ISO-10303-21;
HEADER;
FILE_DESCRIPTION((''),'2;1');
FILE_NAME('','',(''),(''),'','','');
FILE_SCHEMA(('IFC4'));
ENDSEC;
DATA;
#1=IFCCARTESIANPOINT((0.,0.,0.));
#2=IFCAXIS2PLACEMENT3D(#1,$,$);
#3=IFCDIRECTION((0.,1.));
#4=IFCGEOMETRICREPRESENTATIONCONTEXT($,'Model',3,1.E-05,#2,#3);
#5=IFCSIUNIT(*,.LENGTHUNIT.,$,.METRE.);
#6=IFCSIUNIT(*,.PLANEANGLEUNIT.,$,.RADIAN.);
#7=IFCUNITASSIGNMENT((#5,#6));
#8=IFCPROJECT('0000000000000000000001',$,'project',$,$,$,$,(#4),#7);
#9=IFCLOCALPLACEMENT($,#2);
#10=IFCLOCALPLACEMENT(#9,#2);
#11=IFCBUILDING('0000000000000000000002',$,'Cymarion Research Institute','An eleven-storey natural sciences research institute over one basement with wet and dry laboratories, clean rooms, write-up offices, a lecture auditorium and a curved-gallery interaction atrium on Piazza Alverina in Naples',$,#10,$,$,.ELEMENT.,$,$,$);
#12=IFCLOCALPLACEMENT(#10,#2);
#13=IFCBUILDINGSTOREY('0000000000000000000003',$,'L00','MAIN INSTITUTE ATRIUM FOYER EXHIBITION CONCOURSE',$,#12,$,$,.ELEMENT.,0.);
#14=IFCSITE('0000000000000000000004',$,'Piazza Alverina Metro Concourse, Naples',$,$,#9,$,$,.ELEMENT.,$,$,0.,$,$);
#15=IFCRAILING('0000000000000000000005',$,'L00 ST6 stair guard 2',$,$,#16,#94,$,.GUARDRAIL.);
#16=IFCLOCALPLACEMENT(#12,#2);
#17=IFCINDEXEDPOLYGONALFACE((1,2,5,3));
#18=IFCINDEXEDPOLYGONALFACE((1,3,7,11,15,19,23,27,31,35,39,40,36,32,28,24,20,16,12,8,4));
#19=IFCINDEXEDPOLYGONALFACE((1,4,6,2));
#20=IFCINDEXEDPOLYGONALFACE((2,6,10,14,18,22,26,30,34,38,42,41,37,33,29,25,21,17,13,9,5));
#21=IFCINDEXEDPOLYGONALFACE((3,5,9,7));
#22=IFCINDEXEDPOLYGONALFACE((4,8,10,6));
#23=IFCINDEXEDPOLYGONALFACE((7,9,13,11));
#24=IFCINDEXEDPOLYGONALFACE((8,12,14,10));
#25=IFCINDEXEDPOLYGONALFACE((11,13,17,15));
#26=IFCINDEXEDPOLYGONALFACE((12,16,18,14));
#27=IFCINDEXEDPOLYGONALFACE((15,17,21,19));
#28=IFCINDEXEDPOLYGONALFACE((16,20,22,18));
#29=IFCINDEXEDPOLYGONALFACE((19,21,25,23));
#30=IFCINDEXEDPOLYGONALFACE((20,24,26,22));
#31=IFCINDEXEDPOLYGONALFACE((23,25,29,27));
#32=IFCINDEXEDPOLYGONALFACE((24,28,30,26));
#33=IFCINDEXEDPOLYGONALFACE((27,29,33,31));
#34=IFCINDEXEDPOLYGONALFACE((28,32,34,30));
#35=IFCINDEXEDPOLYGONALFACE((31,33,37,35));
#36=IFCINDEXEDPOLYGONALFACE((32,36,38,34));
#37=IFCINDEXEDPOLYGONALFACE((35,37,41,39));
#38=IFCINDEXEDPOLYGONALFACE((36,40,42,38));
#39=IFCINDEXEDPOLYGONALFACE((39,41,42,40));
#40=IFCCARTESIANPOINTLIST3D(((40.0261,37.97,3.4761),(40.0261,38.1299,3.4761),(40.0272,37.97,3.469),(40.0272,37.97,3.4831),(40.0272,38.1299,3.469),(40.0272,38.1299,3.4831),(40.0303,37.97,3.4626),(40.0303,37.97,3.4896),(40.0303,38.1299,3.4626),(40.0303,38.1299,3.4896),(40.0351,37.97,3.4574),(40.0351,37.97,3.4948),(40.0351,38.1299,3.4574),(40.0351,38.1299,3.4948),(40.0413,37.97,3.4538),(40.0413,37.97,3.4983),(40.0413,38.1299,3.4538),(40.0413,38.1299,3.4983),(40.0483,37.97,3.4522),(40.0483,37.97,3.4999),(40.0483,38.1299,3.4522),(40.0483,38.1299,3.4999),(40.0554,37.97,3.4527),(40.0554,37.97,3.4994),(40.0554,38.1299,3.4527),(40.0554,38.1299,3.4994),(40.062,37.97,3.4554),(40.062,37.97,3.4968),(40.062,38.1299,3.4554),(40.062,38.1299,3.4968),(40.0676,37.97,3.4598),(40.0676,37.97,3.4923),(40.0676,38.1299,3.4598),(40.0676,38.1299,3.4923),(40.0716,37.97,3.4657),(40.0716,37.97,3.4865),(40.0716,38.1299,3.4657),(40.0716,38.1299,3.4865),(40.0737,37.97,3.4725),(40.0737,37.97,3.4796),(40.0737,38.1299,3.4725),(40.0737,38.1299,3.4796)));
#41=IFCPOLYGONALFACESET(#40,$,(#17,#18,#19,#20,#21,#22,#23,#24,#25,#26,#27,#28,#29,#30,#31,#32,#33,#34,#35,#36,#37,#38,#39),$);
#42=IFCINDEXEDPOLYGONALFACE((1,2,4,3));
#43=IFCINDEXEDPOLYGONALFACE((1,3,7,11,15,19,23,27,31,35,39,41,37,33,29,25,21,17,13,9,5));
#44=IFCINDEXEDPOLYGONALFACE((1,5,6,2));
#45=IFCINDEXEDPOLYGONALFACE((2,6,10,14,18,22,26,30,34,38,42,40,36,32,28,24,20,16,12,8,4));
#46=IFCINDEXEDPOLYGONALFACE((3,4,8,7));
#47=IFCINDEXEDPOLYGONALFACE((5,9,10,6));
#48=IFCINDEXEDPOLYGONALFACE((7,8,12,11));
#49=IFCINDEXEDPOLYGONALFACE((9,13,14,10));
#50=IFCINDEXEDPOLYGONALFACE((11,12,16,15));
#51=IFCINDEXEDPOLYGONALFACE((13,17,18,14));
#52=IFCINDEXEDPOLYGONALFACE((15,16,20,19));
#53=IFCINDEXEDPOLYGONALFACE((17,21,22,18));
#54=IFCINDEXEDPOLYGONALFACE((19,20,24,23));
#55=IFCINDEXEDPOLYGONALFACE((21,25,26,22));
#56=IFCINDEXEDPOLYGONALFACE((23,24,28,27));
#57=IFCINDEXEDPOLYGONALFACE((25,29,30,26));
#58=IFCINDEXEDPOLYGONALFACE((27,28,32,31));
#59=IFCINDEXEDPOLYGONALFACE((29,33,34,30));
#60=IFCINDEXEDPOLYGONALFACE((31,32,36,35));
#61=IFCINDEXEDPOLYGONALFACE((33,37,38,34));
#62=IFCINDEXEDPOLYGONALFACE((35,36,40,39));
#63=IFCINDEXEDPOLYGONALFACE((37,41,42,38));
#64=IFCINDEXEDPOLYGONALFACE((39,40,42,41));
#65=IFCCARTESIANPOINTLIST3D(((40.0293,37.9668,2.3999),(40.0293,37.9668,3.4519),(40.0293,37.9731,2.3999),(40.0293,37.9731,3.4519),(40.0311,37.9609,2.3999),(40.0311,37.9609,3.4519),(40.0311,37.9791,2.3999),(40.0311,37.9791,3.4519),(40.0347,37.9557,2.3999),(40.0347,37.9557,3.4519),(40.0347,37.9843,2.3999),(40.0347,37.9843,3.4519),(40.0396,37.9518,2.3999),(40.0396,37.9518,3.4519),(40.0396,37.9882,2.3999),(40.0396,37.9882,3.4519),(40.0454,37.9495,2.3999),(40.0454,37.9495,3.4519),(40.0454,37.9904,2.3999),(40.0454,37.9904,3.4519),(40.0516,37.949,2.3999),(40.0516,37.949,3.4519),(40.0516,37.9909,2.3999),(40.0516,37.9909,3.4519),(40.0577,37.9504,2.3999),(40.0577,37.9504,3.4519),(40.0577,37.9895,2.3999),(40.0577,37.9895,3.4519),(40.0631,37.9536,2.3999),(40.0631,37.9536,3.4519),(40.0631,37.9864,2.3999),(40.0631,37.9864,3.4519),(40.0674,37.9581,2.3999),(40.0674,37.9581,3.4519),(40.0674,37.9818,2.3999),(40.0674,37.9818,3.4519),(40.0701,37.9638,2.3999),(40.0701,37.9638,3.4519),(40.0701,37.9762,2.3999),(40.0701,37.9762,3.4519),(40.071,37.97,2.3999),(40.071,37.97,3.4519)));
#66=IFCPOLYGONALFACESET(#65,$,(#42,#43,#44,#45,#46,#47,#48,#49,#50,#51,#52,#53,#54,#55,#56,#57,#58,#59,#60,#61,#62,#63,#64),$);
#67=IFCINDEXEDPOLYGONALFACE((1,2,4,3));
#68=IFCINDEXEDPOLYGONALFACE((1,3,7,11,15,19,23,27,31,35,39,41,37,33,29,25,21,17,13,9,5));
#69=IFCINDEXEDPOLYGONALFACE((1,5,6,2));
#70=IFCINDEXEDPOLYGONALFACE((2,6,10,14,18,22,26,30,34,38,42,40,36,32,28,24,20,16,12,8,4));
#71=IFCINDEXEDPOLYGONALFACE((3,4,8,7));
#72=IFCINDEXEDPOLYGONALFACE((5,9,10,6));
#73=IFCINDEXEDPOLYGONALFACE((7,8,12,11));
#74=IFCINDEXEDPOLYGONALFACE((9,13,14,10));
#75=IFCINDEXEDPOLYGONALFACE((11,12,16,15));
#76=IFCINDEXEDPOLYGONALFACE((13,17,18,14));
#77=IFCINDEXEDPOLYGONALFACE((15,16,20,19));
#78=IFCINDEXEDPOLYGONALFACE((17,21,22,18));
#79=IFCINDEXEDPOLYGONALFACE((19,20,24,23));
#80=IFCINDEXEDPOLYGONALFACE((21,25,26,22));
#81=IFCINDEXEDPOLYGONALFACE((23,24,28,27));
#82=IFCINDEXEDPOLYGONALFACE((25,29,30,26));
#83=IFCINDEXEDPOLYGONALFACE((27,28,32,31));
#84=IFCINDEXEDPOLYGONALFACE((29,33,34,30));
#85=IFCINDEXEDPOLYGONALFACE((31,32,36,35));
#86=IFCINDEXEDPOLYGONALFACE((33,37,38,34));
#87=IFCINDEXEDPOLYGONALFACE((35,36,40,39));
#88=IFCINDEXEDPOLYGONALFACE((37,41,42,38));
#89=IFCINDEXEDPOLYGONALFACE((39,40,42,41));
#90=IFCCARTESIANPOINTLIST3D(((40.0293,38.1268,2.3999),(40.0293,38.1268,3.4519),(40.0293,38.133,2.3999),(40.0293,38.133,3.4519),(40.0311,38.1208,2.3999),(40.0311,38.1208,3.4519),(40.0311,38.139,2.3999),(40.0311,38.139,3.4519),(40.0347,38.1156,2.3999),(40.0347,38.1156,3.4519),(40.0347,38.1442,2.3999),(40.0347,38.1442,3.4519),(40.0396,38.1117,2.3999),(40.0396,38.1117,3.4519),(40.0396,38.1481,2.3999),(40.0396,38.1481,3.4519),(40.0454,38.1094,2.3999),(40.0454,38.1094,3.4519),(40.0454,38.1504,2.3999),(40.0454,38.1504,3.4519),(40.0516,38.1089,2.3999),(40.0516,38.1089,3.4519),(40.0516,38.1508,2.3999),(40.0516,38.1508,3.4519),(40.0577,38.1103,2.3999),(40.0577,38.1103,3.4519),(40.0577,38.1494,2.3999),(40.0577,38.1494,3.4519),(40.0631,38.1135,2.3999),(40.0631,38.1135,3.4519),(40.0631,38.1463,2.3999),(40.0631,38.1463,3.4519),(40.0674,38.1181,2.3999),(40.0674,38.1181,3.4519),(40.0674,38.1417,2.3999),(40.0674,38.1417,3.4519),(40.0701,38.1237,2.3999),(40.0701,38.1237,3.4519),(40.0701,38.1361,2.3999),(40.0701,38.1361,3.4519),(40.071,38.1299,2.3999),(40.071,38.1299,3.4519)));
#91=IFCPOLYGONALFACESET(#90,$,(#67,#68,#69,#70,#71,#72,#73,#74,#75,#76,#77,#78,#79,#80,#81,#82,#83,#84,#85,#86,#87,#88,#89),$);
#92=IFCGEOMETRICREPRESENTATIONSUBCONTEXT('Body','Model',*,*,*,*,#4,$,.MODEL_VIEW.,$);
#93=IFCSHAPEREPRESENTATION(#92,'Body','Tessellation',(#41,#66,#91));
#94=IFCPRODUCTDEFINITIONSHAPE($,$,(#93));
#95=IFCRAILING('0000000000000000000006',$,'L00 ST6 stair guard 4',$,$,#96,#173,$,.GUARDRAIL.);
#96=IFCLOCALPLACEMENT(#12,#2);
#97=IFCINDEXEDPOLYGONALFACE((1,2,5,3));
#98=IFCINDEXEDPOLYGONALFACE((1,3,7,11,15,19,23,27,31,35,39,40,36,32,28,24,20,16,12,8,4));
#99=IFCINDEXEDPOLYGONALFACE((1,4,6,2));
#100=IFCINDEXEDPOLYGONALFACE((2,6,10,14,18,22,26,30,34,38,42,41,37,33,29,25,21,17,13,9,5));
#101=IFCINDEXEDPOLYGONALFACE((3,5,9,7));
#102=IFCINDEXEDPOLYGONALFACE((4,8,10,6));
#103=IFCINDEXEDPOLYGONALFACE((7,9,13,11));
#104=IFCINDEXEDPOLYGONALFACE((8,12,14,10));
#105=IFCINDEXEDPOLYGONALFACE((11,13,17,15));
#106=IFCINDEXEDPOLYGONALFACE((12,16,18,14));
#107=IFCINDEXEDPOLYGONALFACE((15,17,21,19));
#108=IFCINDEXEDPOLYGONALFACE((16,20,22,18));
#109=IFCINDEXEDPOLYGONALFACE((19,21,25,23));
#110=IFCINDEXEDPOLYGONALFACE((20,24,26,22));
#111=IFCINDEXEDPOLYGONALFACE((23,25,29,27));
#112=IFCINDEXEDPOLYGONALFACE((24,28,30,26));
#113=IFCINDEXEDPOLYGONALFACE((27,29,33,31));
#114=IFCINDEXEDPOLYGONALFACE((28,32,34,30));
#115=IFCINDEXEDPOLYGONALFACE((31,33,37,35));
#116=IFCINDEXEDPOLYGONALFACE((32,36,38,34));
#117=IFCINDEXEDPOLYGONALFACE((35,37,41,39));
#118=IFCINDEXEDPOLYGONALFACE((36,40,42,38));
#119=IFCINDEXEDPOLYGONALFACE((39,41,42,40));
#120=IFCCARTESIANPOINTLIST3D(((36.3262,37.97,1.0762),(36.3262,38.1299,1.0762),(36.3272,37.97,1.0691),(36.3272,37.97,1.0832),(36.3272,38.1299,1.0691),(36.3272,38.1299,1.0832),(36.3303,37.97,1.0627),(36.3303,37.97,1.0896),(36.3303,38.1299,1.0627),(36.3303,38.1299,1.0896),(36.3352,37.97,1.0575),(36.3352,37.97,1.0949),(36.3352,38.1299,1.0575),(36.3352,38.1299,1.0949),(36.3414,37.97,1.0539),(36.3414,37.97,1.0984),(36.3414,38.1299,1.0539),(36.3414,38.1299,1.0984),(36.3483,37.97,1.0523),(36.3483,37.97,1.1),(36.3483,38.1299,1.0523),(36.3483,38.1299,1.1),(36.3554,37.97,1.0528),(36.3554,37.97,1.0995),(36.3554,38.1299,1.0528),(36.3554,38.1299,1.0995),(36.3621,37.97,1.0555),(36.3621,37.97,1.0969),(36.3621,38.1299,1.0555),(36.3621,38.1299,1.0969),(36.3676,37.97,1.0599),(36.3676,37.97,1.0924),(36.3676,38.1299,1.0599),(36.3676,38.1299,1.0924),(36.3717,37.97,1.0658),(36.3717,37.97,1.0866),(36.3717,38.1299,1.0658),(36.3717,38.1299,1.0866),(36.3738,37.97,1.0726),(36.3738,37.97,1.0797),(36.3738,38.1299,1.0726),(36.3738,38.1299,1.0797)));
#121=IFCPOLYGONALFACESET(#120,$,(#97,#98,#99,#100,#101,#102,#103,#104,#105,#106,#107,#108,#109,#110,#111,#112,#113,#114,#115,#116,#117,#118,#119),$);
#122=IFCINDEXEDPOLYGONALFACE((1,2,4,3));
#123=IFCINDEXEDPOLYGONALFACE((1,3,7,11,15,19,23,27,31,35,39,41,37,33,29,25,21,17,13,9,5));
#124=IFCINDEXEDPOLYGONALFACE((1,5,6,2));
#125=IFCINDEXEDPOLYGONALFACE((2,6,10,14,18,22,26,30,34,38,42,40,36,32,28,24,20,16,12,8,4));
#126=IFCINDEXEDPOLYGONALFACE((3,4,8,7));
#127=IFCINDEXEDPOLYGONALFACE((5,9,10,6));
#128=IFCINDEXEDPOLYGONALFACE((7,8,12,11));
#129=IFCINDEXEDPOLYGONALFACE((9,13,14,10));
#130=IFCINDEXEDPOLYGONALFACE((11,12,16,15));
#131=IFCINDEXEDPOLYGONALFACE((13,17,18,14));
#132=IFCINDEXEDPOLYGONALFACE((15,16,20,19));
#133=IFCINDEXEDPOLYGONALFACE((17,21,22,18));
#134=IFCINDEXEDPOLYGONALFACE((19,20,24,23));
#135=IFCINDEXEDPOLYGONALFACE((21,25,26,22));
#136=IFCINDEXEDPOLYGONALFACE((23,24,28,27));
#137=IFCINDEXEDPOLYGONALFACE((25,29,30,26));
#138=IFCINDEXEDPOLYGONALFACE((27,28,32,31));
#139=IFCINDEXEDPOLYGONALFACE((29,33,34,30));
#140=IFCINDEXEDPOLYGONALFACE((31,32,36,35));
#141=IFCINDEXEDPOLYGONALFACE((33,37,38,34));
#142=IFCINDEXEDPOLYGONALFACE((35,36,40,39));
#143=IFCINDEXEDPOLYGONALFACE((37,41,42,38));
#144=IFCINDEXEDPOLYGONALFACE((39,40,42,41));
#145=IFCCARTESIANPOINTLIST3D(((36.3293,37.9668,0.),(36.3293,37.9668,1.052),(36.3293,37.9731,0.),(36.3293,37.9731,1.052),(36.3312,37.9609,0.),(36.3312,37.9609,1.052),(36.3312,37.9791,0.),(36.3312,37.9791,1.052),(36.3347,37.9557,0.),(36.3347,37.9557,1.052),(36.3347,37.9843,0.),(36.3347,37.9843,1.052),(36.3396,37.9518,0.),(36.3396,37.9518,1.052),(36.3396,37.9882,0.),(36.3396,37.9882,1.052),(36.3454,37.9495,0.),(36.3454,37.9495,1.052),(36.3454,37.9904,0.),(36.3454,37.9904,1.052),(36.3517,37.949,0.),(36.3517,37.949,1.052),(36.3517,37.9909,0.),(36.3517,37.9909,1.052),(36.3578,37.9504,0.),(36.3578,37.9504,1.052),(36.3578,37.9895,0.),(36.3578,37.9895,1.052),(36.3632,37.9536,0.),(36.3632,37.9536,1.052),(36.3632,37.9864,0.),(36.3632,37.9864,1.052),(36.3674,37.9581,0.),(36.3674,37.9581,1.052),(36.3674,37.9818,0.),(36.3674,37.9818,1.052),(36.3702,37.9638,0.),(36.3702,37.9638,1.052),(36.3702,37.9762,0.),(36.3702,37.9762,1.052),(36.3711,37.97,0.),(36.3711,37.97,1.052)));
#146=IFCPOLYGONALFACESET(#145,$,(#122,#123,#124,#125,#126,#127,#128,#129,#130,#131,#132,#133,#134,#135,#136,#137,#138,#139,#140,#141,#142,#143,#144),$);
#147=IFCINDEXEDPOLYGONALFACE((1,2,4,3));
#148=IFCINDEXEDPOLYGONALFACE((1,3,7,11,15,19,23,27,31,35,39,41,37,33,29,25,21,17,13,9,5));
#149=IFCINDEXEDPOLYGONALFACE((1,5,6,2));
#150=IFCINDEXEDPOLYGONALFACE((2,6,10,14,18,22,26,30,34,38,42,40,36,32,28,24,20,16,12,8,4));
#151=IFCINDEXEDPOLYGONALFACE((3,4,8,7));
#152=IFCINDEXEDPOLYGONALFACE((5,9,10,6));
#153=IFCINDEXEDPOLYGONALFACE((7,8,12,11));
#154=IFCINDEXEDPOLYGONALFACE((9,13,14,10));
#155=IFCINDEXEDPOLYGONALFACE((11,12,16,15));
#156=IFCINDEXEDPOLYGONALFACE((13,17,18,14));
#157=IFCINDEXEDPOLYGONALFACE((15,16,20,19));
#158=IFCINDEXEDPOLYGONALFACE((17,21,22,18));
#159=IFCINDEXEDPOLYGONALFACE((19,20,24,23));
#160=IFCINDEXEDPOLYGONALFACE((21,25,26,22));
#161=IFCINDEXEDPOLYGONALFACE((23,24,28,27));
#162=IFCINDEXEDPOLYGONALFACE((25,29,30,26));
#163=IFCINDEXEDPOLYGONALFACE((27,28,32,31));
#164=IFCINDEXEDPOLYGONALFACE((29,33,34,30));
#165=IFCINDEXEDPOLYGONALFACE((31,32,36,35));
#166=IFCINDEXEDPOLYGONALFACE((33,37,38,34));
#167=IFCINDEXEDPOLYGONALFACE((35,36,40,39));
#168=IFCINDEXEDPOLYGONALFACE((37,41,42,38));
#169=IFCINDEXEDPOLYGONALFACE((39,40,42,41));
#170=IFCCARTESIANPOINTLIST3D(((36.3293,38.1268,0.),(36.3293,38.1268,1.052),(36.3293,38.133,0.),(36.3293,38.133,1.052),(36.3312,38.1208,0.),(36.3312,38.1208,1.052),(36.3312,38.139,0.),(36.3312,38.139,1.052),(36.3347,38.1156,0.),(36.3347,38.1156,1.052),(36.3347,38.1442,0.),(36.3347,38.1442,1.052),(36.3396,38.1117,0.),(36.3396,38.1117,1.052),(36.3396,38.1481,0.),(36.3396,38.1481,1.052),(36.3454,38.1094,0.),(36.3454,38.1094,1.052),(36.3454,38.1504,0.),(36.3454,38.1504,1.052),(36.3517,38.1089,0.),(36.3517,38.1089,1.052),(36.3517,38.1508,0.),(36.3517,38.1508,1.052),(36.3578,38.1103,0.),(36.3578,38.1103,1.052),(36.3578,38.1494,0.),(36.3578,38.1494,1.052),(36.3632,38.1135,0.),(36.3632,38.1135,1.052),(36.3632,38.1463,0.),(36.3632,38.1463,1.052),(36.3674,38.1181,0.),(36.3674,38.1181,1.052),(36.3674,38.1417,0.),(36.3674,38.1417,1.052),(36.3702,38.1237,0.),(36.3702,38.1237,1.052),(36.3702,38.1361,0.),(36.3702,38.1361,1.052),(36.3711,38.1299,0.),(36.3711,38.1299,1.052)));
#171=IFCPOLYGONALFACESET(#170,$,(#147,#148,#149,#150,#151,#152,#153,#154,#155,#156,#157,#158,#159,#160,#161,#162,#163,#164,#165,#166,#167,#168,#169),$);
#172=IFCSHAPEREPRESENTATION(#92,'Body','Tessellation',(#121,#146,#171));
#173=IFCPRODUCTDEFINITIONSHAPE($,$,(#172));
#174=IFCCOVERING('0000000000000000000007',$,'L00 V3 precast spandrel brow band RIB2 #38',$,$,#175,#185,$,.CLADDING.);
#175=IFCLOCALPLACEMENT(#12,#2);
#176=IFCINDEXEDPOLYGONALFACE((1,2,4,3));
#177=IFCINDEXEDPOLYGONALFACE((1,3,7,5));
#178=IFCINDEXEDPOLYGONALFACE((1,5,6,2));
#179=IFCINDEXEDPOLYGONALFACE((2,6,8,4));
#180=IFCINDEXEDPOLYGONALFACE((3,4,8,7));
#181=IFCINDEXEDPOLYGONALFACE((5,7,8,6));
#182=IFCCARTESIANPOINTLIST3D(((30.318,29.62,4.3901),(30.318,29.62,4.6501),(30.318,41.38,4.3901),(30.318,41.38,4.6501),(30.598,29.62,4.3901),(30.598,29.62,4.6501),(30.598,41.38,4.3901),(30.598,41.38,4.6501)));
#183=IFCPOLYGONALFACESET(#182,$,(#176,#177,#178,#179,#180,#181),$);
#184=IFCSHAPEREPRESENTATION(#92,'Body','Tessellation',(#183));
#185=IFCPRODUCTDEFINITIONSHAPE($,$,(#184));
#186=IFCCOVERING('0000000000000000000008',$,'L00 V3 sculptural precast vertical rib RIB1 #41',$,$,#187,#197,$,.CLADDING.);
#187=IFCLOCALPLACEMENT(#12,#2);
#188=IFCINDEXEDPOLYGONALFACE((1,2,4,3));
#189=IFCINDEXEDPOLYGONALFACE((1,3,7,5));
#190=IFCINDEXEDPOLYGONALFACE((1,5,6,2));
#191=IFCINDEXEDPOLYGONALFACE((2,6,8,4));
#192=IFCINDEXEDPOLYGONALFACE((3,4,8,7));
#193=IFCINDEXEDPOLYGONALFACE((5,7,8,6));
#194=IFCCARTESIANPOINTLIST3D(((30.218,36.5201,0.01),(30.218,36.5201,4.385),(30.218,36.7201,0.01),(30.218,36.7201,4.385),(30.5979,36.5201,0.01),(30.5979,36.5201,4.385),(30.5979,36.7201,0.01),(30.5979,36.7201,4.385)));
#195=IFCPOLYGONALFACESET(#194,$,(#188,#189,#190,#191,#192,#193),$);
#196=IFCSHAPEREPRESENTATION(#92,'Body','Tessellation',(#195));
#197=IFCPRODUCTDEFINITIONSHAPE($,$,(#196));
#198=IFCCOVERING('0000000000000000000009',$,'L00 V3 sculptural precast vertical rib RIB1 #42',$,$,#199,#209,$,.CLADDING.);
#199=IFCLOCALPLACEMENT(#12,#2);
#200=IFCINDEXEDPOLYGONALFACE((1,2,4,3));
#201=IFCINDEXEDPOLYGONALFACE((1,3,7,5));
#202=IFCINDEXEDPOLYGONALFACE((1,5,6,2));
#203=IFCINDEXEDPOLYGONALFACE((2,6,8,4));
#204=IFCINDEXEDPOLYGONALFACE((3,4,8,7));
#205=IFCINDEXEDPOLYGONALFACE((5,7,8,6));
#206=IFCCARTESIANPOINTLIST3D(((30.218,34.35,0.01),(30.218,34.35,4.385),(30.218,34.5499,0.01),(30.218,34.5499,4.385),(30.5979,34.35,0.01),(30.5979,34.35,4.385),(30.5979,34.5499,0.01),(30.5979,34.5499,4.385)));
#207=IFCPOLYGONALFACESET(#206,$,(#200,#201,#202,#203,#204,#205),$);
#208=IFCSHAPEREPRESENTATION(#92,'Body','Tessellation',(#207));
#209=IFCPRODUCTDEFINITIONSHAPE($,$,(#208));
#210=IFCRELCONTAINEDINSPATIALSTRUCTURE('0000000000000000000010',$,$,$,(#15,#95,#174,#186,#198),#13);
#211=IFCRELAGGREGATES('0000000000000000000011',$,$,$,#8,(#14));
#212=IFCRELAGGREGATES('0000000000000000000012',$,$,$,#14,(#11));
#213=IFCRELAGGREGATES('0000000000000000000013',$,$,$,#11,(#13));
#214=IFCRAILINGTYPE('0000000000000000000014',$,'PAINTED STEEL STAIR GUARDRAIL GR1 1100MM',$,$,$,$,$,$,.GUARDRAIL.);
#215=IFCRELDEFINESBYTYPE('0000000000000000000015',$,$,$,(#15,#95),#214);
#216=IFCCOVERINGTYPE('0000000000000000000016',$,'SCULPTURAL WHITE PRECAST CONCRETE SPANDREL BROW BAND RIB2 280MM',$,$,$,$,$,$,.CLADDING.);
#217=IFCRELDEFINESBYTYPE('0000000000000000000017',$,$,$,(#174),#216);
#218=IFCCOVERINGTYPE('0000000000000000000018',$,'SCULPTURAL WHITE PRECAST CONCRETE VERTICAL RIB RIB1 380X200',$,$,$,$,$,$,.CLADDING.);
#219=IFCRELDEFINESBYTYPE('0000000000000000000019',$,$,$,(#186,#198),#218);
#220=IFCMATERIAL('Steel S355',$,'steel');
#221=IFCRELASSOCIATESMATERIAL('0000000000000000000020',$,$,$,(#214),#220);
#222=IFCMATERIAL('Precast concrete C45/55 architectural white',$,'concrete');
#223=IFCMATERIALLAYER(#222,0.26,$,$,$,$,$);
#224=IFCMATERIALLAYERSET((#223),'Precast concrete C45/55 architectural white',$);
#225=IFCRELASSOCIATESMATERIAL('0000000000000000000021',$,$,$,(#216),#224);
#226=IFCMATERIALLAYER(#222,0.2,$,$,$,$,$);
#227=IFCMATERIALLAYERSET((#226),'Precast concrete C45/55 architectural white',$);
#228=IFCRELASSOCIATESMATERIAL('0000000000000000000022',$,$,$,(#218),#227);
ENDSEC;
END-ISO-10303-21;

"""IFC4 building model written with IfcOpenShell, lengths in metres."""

from ifc_helpers import new_model, si_unit, direction, frame, origin, origin_2d, place, context, subcontext, project, spatial, rectangle, circle, extrude, material, layer, layer_set, type_object, element, save


model = new_model("IFC4")

# Units and contexts
model_context = context("Model", 3, precision=1e-05, world=origin(), true_north=direction((0.0, 1.0)))
body_context = subcontext(model_context, "Body", "Model", "MODEL_VIEW")
ifc_project = project(units=[si_unit("LENGTHUNIT", "METRE"), si_unit("PLANEANGLEUNIT", "RADIAN")], contexts=[model_context])

# Site, building, storey
site_placement = place(None, origin())
site = spatial("IfcSite", under=ifc_project, at=site_placement, Name="Piazza Alverina Metro Concourse, Naples", CompositionType="ELEMENT", RefElevation=0.0)
building_placement = place(site_placement, origin())
building = spatial("IfcBuilding", under=site, at=building_placement, Name="Cymarion Research Institute", Description="An eleven-storey natural sciences research institute over one basement with wet and dry laboratories, clean rooms, write-up offices, a lecture auditorium and a curved-gallery interaction atrium on Piazza Alverina in Naples", CompositionType="ELEMENT")
storey_placement = place(building_placement, origin())
storey = spatial("IfcBuildingStorey", under=building, at=storey_placement, Name="L00", Description="MAIN INSTITUTE ATRIUM FOYER EXHIBITION CONCOURSE", CompositionType="ELEMENT", Elevation=0.0)

# Shared definitions
ifc_material_1 = material(Name="Steel S355", Category="steel")

# Railings
railing_type_1 = type_object("IfcRailingType", Name="PAINTED STEEL STAIR GUARDRAIL GR1 1100MM", PredefinedType="GUARDRAIL", material=ifc_material_1)
for number, where, name in (
    (1, (40.05, 37.97, 2.3999), "L00 ST6 stair guard 2"),
    (2, (36.3501, 37.97, 0.0), "L00 ST6 stair guard 4"),
):
    element("IfcRailing", number, at=place(storey_placement, frame(where)), inside=storey, type_object=railing_type_1, Name=name, PredefinedType="GUARDRAIL", context=body_context, shape_type="SweptSolid", body=[
        extrude(circle(Radius=0.0239, at=origin_2d()), frame((0.0, 0.0, 1.0762), z_axis=(0.0, 1.0, 0.0), x_axis=(-1.0, 0.0, 0.0)), (0.0, 0.0, 1.0), 0.1599),
        extrude(circle(Radius=0.021, at=origin_2d()), origin(), (0.0, 0.0, 1.0), 1.052),
        extrude(circle(Radius=0.021, at=origin_2d()), frame((0.0, 0.1599, 0.0)), (0.0, 0.0, 1.0), 1.052),
    ])

# Coverings
ifc_material_2 = material(Name="Precast concrete C45/55 architectural white", Category="concrete")
ifc_layer_1 = layer(ifc_material_2, 0.26)
ifc_layer_set_1 = layer_set([ifc_layer_1], Name="Precast concrete C45/55 architectural white")
covering_type_1 = type_object("IfcCoveringType", Name="SCULPTURAL WHITE PRECAST CONCRETE SPANDREL BROW BAND RIB2 280MM", PredefinedType="CLADDING", material=ifc_layer_set_1)
covering_placement = place(storey_placement, frame((30.458, 35.5, 4.3901), z_axis=(0.0, 0.0, 1.0), x_axis=(-1.0, 0.0, 0.0)))
element("IfcCovering", 3, at=covering_placement, inside=storey, type_object=covering_type_1, Name="L00 V3 precast spandrel brow band RIB2 #38", PredefinedType="CLADDING", context=body_context, shape_type="SweptSolid", body=[
    extrude(rectangle(XDim=0.28, YDim=11.76, at=origin_2d()), origin(), (0.0, 0.0, 1.0), 0.26),
])
ifc_layer_2 = layer(ifc_material_2, 0.2)
ifc_layer_set_2 = layer_set([ifc_layer_2], Name="Precast concrete C45/55 architectural white")
covering_type_2 = type_object("IfcCoveringType", Name="SCULPTURAL WHITE PRECAST CONCRETE VERTICAL RIB RIB1 380X200", PredefinedType="CLADDING", material=ifc_layer_set_2)
for number, where, z_axis, x_axis, name in (
    (4, (30.408, 36.6201, 0.01), (0.0, 0.0, 1.0), (-1.0, 0.0, 0.0), "L00 V3 sculptural precast vertical rib RIB1 #41"),
    (5, (30.408, 34.45, 0.01), (0.0, 0.0, 1.0), (-1.0, 0.0, 0.0), "L00 V3 sculptural precast vertical rib RIB1 #42"),
):
    element("IfcCovering", number, at=place(storey_placement, frame(where, z_axis=z_axis, x_axis=x_axis)), inside=storey, type_object=covering_type_2, Name=name, PredefinedType="CLADDING", context=body_context, shape_type="SweptSolid", body=[
        extrude(rectangle(XDim=0.3799, YDim=0.2, at=origin_2d()), origin(), (0.0, 0.0, 1.0), 4.375),
    ])

save(model, "model.ifc")
